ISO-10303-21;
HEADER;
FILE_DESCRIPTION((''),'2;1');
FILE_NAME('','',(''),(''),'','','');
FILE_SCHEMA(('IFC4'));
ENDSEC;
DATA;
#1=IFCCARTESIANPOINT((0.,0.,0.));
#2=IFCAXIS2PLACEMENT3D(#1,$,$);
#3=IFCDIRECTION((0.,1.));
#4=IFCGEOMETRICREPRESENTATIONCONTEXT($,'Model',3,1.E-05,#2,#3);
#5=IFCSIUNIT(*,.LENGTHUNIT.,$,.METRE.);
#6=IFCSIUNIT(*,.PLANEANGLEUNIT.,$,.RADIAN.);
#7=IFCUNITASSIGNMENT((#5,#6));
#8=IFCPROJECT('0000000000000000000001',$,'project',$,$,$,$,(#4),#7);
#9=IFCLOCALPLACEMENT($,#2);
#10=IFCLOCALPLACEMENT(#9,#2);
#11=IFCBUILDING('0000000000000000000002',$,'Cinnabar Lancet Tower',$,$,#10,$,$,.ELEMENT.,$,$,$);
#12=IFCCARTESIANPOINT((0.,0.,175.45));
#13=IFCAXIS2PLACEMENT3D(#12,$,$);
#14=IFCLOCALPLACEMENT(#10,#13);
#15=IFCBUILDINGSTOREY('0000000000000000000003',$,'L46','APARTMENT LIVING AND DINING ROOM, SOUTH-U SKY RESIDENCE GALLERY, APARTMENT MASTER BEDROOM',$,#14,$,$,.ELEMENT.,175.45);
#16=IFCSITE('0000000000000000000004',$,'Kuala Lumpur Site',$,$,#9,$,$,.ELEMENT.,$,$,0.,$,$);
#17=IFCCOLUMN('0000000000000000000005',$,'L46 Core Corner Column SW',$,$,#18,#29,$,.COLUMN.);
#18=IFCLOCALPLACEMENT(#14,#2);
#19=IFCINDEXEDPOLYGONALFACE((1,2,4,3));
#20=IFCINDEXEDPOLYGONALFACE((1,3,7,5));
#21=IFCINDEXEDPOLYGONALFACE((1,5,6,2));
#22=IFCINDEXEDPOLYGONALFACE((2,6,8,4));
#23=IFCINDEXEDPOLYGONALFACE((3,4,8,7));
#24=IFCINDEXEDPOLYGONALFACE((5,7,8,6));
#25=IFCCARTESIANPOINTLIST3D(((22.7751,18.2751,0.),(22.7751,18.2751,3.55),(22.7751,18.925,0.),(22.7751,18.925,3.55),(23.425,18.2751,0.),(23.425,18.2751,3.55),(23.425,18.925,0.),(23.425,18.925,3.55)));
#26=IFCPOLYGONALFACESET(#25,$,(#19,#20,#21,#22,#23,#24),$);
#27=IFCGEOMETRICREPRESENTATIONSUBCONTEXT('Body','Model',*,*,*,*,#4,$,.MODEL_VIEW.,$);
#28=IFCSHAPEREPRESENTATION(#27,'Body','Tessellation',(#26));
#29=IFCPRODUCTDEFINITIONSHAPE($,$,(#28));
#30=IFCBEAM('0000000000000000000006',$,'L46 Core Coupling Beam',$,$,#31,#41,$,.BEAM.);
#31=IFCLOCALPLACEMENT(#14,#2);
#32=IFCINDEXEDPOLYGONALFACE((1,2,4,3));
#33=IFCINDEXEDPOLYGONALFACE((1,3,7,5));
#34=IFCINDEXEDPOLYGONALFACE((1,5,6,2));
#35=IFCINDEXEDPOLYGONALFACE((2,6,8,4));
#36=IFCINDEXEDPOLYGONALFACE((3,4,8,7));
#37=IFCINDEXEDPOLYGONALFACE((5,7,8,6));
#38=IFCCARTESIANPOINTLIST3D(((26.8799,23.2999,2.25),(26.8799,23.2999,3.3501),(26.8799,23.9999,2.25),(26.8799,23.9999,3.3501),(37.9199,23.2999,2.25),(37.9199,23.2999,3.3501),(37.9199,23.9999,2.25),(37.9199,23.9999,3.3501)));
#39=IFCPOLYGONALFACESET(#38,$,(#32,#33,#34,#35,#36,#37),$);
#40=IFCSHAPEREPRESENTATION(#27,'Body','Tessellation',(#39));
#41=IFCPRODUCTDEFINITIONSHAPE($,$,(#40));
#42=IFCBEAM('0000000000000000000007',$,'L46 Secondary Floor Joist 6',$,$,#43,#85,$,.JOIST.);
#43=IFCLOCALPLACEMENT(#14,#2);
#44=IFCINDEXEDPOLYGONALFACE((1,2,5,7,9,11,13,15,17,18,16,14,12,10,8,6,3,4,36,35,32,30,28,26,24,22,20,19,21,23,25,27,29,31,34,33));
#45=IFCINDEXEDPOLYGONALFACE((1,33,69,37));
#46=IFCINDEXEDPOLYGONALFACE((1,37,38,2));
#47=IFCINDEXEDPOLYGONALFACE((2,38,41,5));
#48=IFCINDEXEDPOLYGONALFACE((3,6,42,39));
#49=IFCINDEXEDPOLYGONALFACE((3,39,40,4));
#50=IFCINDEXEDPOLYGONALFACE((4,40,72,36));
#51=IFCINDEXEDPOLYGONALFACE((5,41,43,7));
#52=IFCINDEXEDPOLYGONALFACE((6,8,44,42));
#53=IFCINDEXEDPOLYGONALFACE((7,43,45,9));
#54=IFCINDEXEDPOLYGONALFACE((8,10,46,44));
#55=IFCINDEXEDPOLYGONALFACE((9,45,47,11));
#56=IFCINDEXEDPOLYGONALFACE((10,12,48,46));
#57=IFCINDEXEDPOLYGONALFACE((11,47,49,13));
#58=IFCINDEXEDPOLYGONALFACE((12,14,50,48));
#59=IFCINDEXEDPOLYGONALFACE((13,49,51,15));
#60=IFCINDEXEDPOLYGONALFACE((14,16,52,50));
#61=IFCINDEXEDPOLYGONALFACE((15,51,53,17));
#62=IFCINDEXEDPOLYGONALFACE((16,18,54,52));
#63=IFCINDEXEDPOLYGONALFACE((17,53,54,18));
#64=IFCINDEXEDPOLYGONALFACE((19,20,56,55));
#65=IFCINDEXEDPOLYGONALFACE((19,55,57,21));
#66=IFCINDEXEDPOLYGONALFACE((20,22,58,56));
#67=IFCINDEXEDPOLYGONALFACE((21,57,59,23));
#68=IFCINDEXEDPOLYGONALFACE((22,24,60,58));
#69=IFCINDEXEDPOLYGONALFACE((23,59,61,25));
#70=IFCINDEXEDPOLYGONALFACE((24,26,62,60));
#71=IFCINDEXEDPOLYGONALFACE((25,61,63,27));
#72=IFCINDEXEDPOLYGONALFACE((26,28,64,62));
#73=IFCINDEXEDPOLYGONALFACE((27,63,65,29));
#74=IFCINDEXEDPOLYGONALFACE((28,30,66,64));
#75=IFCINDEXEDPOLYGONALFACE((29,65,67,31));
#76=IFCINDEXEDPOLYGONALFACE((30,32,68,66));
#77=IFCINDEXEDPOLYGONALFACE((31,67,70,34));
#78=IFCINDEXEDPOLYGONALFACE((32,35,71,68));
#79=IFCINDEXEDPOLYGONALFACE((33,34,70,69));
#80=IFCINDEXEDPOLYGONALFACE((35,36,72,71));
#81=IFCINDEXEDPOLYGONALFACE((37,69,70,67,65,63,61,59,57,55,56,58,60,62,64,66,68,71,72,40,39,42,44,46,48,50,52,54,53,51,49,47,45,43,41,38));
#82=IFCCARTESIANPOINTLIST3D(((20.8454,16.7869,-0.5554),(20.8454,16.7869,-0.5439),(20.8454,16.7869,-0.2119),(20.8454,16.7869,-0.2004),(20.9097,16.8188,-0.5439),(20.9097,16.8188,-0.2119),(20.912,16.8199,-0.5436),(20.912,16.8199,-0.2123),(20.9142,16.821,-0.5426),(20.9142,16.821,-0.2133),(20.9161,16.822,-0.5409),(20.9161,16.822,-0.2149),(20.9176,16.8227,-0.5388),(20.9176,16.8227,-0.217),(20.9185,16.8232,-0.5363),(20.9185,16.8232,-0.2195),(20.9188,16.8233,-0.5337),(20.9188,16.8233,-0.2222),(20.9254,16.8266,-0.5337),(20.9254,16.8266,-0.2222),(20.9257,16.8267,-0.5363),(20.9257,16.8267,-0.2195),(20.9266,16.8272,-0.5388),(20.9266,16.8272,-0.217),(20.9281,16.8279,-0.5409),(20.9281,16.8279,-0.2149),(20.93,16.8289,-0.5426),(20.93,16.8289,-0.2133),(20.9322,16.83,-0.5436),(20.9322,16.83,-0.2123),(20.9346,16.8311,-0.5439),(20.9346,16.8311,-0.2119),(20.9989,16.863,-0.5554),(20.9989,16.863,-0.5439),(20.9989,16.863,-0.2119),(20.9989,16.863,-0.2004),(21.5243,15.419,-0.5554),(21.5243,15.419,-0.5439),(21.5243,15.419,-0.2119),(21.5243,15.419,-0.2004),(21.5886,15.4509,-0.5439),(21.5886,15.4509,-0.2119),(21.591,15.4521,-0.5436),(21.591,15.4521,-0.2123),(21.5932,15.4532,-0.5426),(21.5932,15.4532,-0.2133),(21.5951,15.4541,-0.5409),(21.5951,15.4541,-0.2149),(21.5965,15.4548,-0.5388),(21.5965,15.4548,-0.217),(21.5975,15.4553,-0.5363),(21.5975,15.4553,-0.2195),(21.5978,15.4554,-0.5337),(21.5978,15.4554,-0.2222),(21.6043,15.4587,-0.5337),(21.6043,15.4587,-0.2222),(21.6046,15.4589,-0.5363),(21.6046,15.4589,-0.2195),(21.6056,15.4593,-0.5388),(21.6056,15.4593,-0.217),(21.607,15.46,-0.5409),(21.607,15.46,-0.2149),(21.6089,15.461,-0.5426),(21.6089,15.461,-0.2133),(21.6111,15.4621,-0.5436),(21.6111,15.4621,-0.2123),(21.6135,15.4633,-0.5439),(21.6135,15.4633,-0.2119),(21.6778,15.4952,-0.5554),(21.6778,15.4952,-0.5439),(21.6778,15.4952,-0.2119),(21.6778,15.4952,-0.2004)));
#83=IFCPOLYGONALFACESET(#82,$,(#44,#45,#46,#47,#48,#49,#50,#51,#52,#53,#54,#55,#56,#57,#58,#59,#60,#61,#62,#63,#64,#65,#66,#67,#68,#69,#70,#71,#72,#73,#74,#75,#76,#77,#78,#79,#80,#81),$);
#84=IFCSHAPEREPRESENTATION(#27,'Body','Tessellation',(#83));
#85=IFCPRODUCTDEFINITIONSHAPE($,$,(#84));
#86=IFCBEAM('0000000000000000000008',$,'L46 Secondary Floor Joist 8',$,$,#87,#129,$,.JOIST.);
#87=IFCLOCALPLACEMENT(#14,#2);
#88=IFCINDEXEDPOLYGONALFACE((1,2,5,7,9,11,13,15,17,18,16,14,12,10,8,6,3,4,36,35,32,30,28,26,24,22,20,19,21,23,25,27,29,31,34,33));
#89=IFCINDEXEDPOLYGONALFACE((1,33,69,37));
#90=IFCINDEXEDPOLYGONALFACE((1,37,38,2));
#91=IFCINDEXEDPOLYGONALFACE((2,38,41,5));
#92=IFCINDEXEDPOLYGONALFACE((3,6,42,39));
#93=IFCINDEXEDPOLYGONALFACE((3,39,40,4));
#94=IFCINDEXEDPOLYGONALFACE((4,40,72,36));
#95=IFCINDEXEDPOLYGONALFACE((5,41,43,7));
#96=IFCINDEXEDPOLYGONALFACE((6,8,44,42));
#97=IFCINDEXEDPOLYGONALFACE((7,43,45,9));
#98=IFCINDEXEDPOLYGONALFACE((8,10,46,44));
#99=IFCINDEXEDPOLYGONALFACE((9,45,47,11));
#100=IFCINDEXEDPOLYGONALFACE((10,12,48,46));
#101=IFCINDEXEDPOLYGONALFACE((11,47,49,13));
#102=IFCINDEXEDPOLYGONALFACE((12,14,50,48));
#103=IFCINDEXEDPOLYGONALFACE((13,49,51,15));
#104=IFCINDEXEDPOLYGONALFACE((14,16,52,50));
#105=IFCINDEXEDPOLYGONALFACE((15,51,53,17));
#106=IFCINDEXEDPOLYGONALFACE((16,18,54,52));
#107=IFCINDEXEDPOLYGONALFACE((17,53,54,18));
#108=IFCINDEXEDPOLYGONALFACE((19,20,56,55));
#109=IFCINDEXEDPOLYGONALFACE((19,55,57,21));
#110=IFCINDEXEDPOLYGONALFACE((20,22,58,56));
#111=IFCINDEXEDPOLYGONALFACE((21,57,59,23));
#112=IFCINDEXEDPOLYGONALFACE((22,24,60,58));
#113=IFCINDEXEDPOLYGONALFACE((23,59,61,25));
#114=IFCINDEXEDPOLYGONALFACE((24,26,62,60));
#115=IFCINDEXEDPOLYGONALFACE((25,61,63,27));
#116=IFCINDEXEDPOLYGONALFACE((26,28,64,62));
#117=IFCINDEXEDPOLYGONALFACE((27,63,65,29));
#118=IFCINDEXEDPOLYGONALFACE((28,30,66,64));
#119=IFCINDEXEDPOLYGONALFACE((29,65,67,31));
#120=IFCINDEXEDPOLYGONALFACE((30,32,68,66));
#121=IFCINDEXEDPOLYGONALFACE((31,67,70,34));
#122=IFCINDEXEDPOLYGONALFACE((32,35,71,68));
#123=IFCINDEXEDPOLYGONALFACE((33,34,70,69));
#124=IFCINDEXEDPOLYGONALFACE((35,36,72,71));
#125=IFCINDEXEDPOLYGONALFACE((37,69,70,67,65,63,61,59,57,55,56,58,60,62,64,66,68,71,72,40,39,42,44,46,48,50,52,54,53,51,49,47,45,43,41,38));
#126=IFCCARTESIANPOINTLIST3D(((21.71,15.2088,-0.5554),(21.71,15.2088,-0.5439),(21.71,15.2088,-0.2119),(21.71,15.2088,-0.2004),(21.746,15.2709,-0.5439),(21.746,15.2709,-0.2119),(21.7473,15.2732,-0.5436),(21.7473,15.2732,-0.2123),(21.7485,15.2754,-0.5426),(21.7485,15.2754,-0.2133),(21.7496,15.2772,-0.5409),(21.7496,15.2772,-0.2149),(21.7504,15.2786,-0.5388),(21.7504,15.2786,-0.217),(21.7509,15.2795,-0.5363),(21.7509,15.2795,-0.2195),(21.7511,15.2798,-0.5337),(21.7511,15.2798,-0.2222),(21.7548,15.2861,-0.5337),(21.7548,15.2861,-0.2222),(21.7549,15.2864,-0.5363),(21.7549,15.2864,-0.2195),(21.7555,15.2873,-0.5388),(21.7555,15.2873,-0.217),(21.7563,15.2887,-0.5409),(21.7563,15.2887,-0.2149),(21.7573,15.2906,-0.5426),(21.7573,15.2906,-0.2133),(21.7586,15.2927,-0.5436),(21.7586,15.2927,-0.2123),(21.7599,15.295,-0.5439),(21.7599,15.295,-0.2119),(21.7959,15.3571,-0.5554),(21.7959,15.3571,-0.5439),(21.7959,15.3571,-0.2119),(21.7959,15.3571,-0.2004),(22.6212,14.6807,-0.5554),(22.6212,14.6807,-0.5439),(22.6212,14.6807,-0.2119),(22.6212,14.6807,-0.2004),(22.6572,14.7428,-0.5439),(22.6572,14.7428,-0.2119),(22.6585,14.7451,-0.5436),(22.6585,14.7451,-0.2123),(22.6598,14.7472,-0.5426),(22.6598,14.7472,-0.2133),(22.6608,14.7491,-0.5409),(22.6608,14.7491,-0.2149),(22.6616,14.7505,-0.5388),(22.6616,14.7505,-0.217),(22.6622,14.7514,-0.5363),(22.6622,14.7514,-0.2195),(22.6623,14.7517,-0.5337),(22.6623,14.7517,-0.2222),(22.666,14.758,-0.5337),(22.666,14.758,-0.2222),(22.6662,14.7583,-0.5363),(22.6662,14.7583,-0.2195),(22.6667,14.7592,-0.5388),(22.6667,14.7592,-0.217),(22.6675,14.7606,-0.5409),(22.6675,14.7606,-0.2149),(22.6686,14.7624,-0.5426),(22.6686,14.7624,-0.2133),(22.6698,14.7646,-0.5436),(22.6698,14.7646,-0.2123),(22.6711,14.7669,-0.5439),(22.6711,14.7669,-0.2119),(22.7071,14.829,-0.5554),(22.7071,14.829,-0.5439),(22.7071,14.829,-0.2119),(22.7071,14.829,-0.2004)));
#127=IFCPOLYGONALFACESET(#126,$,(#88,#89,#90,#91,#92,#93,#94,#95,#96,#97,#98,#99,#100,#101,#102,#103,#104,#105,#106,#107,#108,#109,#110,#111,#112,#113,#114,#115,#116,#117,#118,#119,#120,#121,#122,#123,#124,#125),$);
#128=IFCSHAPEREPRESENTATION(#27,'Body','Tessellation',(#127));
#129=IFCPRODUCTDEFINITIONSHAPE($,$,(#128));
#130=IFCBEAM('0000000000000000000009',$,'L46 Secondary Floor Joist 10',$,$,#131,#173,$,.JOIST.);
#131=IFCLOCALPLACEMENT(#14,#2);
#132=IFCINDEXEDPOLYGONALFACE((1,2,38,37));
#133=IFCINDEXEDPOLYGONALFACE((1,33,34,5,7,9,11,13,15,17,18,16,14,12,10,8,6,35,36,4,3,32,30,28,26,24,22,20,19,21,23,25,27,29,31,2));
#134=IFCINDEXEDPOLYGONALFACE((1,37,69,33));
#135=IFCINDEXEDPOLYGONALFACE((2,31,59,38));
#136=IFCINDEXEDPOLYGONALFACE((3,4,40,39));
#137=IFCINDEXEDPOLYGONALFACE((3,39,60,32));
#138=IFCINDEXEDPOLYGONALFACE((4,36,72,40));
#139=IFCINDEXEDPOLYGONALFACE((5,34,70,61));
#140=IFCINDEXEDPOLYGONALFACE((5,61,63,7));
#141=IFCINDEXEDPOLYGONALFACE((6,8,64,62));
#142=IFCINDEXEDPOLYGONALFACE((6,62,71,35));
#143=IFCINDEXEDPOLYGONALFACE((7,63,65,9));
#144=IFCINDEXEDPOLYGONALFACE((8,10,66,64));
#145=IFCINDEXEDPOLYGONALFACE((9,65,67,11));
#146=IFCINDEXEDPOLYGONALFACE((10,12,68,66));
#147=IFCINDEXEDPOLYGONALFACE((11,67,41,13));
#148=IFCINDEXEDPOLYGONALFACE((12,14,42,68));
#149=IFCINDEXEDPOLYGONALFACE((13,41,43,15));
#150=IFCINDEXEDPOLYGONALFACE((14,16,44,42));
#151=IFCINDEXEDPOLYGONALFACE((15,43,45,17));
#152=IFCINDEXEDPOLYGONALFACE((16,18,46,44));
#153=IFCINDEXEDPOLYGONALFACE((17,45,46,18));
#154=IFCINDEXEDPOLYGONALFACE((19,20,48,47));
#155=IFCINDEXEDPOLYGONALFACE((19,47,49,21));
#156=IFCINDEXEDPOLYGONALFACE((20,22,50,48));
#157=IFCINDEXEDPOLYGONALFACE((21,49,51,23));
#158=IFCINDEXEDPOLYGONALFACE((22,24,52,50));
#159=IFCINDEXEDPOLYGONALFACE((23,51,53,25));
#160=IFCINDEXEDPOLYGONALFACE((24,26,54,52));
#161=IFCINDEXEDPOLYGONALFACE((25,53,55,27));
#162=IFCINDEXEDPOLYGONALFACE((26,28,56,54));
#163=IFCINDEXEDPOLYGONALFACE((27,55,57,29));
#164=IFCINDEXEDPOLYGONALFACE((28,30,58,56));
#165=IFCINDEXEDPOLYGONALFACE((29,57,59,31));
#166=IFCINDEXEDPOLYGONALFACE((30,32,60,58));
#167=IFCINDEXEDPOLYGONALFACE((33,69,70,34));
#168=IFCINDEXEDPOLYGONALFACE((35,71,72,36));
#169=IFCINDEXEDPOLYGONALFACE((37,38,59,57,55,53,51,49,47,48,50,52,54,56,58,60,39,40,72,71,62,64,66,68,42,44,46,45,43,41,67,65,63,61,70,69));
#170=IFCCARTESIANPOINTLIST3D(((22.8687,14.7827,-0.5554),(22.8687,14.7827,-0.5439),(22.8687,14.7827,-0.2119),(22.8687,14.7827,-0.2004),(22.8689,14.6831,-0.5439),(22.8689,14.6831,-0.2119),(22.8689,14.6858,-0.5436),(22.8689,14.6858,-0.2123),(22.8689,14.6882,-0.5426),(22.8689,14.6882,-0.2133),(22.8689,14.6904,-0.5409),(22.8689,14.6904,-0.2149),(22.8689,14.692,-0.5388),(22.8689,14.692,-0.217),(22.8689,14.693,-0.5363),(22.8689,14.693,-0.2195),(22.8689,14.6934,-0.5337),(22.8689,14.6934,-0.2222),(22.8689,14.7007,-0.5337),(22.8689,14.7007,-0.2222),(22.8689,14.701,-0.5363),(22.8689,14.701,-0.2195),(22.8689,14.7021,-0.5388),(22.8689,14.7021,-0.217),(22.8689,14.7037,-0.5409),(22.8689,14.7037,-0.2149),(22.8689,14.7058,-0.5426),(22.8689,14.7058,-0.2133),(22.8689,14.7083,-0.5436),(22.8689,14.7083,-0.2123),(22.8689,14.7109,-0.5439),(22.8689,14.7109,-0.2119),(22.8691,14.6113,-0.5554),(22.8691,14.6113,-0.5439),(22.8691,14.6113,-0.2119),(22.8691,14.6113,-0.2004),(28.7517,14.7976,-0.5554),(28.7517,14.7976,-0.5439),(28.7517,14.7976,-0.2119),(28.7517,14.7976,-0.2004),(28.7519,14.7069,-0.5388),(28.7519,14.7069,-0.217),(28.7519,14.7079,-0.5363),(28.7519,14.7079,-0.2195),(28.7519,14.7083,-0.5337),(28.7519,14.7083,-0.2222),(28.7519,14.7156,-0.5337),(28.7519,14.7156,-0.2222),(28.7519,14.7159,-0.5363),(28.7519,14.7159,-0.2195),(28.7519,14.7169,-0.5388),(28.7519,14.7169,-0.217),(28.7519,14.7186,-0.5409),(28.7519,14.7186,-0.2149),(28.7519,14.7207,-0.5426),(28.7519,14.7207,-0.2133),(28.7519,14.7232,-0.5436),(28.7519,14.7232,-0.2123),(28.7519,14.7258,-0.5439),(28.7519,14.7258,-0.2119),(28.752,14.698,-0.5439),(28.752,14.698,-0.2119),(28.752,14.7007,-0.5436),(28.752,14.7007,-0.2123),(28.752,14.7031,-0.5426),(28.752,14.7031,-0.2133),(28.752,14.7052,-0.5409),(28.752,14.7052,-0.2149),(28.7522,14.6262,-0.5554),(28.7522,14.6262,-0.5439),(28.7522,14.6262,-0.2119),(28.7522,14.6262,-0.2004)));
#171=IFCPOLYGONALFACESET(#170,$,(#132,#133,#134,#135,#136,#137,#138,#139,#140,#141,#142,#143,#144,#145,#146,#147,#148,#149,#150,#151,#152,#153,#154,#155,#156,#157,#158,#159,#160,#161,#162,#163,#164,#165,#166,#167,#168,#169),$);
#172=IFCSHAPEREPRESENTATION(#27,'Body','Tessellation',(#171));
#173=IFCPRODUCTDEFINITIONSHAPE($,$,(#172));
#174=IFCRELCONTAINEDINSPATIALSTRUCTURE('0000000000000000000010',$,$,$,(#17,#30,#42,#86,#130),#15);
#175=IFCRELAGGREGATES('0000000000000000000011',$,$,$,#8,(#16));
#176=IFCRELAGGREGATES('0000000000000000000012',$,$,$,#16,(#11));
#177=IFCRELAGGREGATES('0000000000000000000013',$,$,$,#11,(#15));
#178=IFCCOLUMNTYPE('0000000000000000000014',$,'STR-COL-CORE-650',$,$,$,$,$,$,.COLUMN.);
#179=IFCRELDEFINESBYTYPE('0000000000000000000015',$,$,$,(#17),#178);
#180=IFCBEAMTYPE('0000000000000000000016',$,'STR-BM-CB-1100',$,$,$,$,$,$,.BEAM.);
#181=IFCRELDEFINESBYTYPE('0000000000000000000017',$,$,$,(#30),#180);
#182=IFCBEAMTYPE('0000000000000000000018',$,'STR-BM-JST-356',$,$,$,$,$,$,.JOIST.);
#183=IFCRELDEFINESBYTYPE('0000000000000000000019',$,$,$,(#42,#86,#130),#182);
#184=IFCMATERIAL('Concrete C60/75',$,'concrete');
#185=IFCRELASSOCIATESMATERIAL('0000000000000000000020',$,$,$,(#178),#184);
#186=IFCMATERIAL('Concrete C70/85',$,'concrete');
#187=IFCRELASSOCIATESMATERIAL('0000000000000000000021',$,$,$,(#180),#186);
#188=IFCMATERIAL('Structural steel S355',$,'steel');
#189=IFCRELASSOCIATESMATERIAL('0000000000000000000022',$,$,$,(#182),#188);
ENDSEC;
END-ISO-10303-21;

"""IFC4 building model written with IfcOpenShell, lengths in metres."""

from ifc_helpers import new_model, si_unit, direction, frame, origin, origin_2d, place, context, subcontext, project, spatial, rectangle, i_section, extrude, material, material_profile, profile_set, type_object, element, save


model = new_model("IFC4")

# Units and contexts
model_context = context("Model", 3, precision=1e-05, world=origin(), true_north=direction((0.0, 1.0)))
body_context = subcontext(model_context, "Body", "Model", "MODEL_VIEW")
ifc_project = project(units=[si_unit("LENGTHUNIT", "METRE"), si_unit("PLANEANGLEUNIT", "RADIAN")], contexts=[model_context])

# Site, building, storey
site_placement = place(None, origin())
site = spatial("IfcSite", under=ifc_project, at=site_placement, Name="Kuala Lumpur Site", CompositionType="ELEMENT", RefElevation=0.0)
building_placement = place(site_placement, origin())
building = spatial("IfcBuilding", under=site, at=building_placement, Name="Cinnabar Lancet Tower", CompositionType="ELEMENT")
storey_placement = place(building_placement, frame((0.0, 0.0, 175.45)))
storey = spatial("IfcBuildingStorey", under=building, at=storey_placement, Name="L46", Description="APARTMENT LIVING AND DINING ROOM, SOUTH-U SKY RESIDENCE GALLERY, APARTMENT MASTER BEDROOM", CompositionType="ELEMENT", Elevation=175.45)

# Column
ifc_material_1 = material(Name="Concrete C60/75", Category="concrete")
ifc_material_profile_1 = material_profile(ifc_material_1, rectangle(XDim=0.6499, YDim=0.6499, at=origin_2d()), Name="RC-COL 650x650")
ifc_profile_set_1 = profile_set([ifc_material_profile_1], Name="Concrete C60/75")
column_type = type_object("IfcColumnType", Name="STR-COL-CORE-650", PredefinedType="COLUMN", material=ifc_profile_set_1)
column_placement = place(storey_placement, frame((23.1001, 18.6001, 0.0), z_axis=(0.0, 0.0, 1.0), x_axis=(1.0, 0.0, 0.0)))
element("IfcColumn", 1, at=column_placement, inside=storey, type_object=column_type, Name="L46 Core Corner Column SW", PredefinedType="COLUMN", context=body_context, shape_type="SweptSolid", body=[
    extrude(rectangle(XDim=0.6499, YDim=0.6499, at=origin_2d()), origin(), (0.0, 0.0, 1.0), 3.55),
])

# Beams
ifc_material_2 = material(Name="Concrete C70/85", Category="concrete")
ifc_material_profile_2 = material_profile(ifc_material_2, rectangle(XDim=0.7, YDim=1.1001, at=origin_2d()), Name="RC-CB 700x1100")
ifc_profile_set_2 = profile_set([ifc_material_profile_2], Name="Concrete C70/85")
beam_type_1 = type_object("IfcBeamType", Name="STR-BM-CB-1100", PredefinedType="BEAM", material=ifc_profile_set_2)
beam_1_placement = place(storey_placement, frame((26.8799, 23.6499, 2.8), z_axis=(1.0, 0.0, 0.0), x_axis=(0.0, 1.0, 0.0)))
element("IfcBeam", 2, at=beam_1_placement, inside=storey, type_object=beam_type_1, Name="L46 Core Coupling Beam", PredefinedType="BEAM", context=body_context, shape_type="SweptSolid", body=[
    extrude(rectangle(XDim=0.7, YDim=1.1001, at=origin_2d()), origin(), (0.0, 0.0, 1.0), 11.04),
])
ifc_material_3 = material(Name="Structural steel S355", Category="steel")
ifc_material_profile_3 = material_profile(ifc_material_3, i_section(OverallWidth=0.1714, OverallDepth=0.355, WebThickness=0.0073, FlangeThickness=0.0115, FilletRadius=0.0103, at=origin_2d()), Name="UKB 356x171x51")
ifc_profile_set_3 = profile_set([ifc_material_profile_3], Name="Structural steel S355")
beam_type_2 = type_object("IfcBeamType", Name="STR-BM-JST-356", PredefinedType="JOIST", material=ifc_profile_set_3)
beam_2_placement = place(storey_placement, frame((20.9221, 16.825, -0.3779), z_axis=(0.44459, -0.895734, 0.0), x_axis=(0.895734, 0.44459, 0.0)))
element("IfcBeam", 3, at=beam_2_placement, inside=storey, type_object=beam_type_2, Name="L46 Secondary Floor Joist 6", PredefinedType="JOIST", context=body_context, shape_type="SweptSolid", body=[
    extrude(i_section(OverallWidth=0.1714, OverallDepth=0.355, WebThickness=0.0073, FlangeThickness=0.0115, FilletRadius=0.0103, at=origin_2d()), origin(), (0.0, 0.0, 1.0), 1.5271),
])
beam_3_placement = place(storey_placement, frame((21.7529, 15.283, -0.3779), z_axis=(0.865188, -0.501447, 0.0), x_axis=(0.501447, 0.865188, 0.0)))
element("IfcBeam", 4, at=beam_3_placement, inside=storey, type_object=beam_type_2, Name="L46 Secondary Floor Joist 8", PredefinedType="JOIST", context=body_context, shape_type="SweptSolid", body=[
    extrude(i_section(OverallWidth=0.1714, OverallDepth=0.355, WebThickness=0.0073, FlangeThickness=0.0115, FilletRadius=0.0103, at=origin_2d()), origin(), (0.0, 0.0, 1.0), 1.0532),
])
beam_4_placement = place(storey_placement, frame((22.8689, 14.697, -0.3779), z_axis=(0.999997, 0.002531, 0.0), x_axis=(-0.002531, 0.999997, 0.0)))
element("IfcBeam", 5, at=beam_4_placement, inside=storey, type_object=beam_type_2, Name="L46 Secondary Floor Joist 10", PredefinedType="JOIST", context=body_context, shape_type="SweptSolid", body=[
    extrude(i_section(OverallWidth=0.1714, OverallDepth=0.355, WebThickness=0.0073, FlangeThickness=0.0115, FilletRadius=0.0103, at=origin_2d()), origin(), (0.0, 0.0, 1.0), 5.8831),
])

save(model, "model.ifc")
